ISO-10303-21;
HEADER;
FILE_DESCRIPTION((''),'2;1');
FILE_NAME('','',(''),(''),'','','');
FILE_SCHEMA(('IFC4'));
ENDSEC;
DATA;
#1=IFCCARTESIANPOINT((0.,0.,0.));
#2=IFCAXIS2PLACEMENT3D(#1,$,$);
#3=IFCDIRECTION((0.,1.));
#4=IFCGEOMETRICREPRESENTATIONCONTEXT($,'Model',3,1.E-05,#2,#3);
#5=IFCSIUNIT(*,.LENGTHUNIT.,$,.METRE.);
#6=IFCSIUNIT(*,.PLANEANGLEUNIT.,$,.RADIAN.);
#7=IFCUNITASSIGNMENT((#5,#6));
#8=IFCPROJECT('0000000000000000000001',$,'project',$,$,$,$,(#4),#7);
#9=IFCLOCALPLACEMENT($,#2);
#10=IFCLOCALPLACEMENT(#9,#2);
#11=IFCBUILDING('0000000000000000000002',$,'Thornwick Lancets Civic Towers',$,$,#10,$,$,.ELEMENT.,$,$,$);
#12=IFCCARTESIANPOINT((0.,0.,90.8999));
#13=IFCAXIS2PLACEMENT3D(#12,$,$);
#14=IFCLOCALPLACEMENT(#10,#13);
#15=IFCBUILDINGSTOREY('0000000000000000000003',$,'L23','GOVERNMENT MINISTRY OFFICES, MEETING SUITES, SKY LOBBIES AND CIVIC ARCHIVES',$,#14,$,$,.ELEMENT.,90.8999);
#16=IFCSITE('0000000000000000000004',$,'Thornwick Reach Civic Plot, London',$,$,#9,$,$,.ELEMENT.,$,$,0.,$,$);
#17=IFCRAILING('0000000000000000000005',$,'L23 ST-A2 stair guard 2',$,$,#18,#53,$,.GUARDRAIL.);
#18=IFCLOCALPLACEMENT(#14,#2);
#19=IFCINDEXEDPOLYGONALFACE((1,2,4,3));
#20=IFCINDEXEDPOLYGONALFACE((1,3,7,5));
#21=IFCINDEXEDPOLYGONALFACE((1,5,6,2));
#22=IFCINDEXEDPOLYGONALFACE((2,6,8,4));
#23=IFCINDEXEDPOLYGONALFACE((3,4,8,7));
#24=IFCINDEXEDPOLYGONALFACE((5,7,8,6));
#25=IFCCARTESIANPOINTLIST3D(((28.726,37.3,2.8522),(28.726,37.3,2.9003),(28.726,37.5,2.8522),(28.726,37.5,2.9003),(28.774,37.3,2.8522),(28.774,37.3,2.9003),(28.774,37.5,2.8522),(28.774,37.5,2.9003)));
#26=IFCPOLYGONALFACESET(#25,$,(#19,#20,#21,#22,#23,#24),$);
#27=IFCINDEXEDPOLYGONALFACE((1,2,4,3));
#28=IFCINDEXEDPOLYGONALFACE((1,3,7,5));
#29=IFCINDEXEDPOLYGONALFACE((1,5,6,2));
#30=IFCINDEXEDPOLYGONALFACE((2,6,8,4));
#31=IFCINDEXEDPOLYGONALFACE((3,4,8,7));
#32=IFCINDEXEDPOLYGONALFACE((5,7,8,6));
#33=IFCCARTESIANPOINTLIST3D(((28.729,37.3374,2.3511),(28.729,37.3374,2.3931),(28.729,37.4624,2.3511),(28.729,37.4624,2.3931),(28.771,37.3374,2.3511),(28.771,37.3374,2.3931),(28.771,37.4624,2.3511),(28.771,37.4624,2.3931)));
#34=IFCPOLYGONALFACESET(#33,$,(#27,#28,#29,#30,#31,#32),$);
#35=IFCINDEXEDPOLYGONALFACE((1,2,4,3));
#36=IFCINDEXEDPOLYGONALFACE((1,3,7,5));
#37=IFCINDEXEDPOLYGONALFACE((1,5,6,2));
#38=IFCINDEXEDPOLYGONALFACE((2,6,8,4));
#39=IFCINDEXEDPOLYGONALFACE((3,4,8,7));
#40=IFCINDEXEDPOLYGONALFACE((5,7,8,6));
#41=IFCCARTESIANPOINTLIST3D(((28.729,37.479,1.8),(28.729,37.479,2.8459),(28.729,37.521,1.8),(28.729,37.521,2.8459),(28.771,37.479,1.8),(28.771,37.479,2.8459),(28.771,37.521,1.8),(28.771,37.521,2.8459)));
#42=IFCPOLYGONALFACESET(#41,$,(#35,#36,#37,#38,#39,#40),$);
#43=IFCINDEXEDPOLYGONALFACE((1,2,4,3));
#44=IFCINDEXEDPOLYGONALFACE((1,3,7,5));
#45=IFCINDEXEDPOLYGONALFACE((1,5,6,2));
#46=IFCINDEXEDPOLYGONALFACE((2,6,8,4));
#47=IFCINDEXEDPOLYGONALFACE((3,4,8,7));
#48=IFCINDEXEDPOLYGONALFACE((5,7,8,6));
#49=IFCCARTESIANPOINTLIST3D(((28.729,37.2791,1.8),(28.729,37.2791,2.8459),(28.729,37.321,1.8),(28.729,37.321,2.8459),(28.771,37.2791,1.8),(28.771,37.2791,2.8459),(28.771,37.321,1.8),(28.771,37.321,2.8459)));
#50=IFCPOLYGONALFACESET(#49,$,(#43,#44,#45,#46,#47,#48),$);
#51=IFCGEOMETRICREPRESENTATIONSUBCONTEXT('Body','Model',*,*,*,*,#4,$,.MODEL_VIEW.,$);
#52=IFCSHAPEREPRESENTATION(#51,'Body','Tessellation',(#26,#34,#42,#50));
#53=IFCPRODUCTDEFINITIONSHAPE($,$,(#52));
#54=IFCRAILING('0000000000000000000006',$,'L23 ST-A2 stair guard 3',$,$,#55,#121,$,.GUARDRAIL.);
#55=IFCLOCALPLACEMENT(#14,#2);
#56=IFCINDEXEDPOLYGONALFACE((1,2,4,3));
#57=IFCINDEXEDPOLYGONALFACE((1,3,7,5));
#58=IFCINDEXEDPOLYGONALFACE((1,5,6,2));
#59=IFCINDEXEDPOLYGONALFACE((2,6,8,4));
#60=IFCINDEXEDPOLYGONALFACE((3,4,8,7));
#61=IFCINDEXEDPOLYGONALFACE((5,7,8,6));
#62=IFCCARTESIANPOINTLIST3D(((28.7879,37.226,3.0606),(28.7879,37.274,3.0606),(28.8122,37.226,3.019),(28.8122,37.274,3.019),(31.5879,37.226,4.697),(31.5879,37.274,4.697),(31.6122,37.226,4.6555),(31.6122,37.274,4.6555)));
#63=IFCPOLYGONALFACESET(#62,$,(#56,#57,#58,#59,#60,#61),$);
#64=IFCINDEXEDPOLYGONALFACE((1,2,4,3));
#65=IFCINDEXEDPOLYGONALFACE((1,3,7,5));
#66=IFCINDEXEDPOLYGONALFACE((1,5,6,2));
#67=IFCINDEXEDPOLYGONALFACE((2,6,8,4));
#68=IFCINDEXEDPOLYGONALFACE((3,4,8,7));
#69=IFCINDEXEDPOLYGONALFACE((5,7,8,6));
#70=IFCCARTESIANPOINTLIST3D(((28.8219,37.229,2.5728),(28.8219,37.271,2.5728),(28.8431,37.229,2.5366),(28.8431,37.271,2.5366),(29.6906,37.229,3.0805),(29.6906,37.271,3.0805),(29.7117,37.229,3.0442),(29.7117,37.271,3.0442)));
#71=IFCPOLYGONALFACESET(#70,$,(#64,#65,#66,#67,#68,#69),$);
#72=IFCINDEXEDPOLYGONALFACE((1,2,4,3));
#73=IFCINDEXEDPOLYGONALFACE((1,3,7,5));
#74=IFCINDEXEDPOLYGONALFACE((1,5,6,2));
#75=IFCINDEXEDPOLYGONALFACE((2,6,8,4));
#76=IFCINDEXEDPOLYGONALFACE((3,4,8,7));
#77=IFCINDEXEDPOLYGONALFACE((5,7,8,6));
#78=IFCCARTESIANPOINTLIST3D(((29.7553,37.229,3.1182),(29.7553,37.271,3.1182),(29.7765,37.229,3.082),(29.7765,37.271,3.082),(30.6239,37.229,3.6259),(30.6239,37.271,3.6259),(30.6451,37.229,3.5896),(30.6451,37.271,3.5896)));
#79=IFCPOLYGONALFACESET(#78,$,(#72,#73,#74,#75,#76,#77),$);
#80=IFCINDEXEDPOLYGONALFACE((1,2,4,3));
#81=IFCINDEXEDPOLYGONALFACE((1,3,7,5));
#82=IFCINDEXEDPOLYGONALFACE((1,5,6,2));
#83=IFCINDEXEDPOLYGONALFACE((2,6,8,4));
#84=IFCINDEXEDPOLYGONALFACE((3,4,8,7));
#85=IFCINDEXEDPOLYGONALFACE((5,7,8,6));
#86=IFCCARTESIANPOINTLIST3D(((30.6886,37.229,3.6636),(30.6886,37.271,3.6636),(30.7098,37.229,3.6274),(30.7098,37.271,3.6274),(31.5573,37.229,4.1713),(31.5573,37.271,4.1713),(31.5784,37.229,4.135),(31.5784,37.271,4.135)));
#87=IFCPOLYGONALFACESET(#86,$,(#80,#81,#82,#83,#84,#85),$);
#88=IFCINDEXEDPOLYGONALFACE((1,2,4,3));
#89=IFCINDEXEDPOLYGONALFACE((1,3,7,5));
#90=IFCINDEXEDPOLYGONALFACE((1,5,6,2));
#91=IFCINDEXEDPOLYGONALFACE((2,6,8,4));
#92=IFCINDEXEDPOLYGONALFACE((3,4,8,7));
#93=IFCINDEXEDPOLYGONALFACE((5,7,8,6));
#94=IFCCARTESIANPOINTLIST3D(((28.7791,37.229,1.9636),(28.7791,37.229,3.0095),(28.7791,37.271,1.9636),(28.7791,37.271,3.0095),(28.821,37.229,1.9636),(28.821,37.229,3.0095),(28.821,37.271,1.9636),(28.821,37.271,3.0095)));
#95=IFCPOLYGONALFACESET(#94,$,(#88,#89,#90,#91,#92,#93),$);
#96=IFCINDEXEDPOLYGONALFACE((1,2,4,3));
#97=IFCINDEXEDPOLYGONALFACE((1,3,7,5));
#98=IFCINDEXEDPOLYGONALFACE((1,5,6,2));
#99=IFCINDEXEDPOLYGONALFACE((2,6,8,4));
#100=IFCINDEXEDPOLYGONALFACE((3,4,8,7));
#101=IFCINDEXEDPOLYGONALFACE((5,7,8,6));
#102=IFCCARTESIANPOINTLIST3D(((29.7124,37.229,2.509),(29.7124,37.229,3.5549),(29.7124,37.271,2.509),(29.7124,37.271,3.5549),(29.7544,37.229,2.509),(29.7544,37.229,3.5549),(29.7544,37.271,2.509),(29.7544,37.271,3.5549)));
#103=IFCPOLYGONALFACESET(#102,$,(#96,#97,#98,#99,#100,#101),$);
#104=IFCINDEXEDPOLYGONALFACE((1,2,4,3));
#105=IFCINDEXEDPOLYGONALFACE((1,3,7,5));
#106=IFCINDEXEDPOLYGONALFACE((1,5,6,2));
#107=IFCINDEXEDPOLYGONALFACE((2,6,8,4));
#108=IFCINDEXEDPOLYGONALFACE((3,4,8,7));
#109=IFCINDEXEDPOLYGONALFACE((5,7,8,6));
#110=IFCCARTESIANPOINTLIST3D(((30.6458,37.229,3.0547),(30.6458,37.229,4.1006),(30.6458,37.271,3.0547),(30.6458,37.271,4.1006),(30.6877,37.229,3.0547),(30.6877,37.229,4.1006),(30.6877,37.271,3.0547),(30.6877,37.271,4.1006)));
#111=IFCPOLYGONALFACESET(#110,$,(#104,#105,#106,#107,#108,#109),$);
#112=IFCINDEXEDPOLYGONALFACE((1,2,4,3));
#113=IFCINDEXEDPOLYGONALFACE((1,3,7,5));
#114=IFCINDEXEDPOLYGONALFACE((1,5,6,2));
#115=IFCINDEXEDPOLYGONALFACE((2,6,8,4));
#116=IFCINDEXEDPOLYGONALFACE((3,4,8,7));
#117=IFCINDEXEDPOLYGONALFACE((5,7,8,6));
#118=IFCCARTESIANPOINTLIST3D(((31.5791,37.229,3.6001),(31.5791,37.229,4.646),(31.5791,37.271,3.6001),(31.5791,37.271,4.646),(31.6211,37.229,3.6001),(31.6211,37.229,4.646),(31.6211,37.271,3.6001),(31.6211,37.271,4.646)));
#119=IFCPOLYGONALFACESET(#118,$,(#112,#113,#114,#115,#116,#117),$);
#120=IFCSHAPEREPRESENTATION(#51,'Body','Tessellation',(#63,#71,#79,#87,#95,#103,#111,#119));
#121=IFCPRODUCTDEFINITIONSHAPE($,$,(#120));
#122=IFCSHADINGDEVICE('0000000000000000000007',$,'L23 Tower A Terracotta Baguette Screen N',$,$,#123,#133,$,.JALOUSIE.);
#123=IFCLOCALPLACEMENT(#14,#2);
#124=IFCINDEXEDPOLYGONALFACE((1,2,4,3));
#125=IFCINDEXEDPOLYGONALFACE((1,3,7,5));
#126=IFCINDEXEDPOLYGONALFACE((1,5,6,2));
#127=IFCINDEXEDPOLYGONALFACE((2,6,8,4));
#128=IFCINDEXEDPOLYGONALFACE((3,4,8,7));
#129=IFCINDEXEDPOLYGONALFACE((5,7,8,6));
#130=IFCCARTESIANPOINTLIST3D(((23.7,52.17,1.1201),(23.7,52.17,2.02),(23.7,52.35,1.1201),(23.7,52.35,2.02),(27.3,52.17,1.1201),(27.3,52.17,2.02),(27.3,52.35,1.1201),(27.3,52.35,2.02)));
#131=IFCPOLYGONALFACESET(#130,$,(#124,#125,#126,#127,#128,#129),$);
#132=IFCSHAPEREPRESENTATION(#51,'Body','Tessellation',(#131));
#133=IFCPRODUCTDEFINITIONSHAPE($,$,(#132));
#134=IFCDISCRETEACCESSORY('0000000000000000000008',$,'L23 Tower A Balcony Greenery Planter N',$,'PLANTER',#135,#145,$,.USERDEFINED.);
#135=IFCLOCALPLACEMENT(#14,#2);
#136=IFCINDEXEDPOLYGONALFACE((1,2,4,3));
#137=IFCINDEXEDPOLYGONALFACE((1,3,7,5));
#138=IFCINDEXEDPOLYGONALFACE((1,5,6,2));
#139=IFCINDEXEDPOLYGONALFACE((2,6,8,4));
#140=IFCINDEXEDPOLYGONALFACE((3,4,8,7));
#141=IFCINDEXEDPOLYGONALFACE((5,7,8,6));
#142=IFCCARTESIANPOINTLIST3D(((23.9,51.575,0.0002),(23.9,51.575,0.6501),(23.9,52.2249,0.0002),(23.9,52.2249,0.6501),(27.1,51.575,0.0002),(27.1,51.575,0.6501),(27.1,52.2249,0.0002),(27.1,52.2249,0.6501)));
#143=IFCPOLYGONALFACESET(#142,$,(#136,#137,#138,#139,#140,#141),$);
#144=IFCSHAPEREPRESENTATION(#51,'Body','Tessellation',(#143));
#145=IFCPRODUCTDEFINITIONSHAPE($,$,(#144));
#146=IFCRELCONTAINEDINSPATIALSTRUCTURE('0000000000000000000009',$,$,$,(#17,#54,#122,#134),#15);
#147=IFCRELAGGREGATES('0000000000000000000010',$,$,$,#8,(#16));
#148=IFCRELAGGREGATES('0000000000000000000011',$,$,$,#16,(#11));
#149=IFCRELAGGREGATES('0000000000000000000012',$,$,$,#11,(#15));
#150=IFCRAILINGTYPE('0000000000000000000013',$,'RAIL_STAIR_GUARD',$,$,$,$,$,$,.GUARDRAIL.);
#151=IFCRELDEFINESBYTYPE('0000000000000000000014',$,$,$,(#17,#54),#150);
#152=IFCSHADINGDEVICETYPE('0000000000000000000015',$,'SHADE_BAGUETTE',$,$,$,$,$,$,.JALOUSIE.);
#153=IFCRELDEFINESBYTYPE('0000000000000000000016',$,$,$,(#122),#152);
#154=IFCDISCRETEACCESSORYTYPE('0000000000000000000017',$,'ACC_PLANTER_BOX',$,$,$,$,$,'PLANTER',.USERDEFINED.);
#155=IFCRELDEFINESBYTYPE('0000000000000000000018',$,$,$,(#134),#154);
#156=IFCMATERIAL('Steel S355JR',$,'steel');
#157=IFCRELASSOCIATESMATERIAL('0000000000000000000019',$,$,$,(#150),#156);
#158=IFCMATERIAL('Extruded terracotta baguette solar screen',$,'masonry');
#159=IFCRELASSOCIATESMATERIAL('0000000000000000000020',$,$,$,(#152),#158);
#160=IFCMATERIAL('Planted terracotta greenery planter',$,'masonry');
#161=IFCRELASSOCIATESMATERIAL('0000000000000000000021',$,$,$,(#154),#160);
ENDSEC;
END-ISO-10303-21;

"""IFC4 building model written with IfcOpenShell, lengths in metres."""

from ifc_helpers import new_model, si_unit, direction, frame, origin, origin_2d, place, context, subcontext, project, spatial, rectangle, extrude, material, type_object, element, save


model = new_model("IFC4")

# Units and contexts
model_context = context("Model", 3, precision=1e-05, world=origin(), true_north=direction((0.0, 1.0)))
body_context = subcontext(model_context, "Body", "Model", "MODEL_VIEW")
ifc_project = project(units=[si_unit("LENGTHUNIT", "METRE"), si_unit("PLANEANGLEUNIT", "RADIAN")], contexts=[model_context])

# Site, building, storey
site_placement = place(None, origin())
site = spatial("IfcSite", under=ifc_project, at=site_placement, Name="Thornwick Reach Civic Plot, London", CompositionType="ELEMENT", RefElevation=0.0)
building_placement = place(site_placement, origin())
building = spatial("IfcBuilding", under=site, at=building_placement, Name="Thornwick Lancets Civic Towers", CompositionType="ELEMENT")
storey_placement = place(building_placement, frame((0.0, 0.0, 90.8999)))
storey = spatial("IfcBuildingStorey", under=building, at=storey_placement, Name="L23", Description="GOVERNMENT MINISTRY OFFICES, MEETING SUITES, SKY LOBBIES AND CIVIC ARCHIVES", CompositionType="ELEMENT", Elevation=90.8999)

# Shared definitions
ifc_material_1 = material(Name="Steel S355JR", Category="steel")

# Railings
railing_type_1 = type_object("IfcRailingType", Name="RAIL_STAIR_GUARD", PredefinedType="GUARDRAIL", material=ifc_material_1)
railing_1_placement = place(storey_placement, frame((28.75, 37.5, 1.8)))
element("IfcRailing", 1, at=railing_1_placement, inside=storey, type_object=railing_type_1, Name="L23 ST-A2 stair guard 2", PredefinedType="GUARDRAIL", context=body_context, shape_type="SweptSolid", body=[
    extrude(rectangle(XDim=0.0481, YDim=0.0481, at=origin_2d()), frame((0.0, 0.0, 1.0762), z_axis=(0.0, -1.0, 0.0), x_axis=(1.0, 0.0, 0.0)), (0.0, 0.0, 1.0), 0.2),
    extrude(rectangle(XDim=0.042, YDim=0.042, at=origin_2d()), frame((0.0, -0.0376, 0.572), z_axis=(0.0, -1.0, 0.0), x_axis=(1.0, 0.0, 0.0)), (0.0, 0.0, 1.0), 0.125),
    extrude(rectangle(XDim=0.042, YDim=0.042, at=origin_2d()), origin(), (0.0, 0.0, 1.0), 1.0459),
    extrude(rectangle(XDim=0.042, YDim=0.042, at=origin_2d()), frame((0.0, -0.2, 0.0)), (0.0, 0.0, 1.0), 1.0459),
])
railing_2_placement = place(storey_placement, frame((28.8, 37.25, 1.9636)))
element("IfcRailing", 2, at=railing_2_placement, inside=storey, type_object=railing_type_1, Name="L23 ST-A2 stair guard 3", PredefinedType="GUARDRAIL", context=body_context, shape_type="SweptSolid", body=[
    extrude(rectangle(XDim=0.0481, YDim=0.0481, at=origin_2d()), frame((0.0, 0.0, 1.0762), z_axis=(0.863361, 0.0, 0.504587), x_axis=(0.0, 1.0, 0.0)), (0.0, 0.0, 1.0), 3.2432),
    extrude(rectangle(XDim=0.042, YDim=0.042, at=origin_2d()), frame((0.0325, 0.0, 0.5911), z_axis=(0.863361, 0.0, 0.504587), x_axis=(0.0, 1.0, 0.0)), (0.0, 0.0, 1.0), 1.0061),
    extrude(rectangle(XDim=0.042, YDim=0.042, at=origin_2d()), frame((0.9658, 0.0, 1.1365), z_axis=(0.863361, 0.0, 0.504587), x_axis=(0.0, 1.0, 0.0)), (0.0, 0.0, 1.0), 1.0061),
    extrude(rectangle(XDim=0.042, YDim=0.042, at=origin_2d()), frame((1.8992, 0.0, 1.6819), z_axis=(0.863361, 0.0, 0.504587), x_axis=(0.0, 1.0, 0.0)), (0.0, 0.0, 1.0), 1.0061),
    extrude(rectangle(XDim=0.042, YDim=0.042, at=origin_2d()), origin(), (0.0, 0.0, 1.0), 1.0459),
    extrude(rectangle(XDim=0.042, YDim=0.042, at=origin_2d()), frame((0.9333, 0.0, 0.5454)), (0.0, 0.0, 1.0), 1.0459),
    extrude(rectangle(XDim=0.042, YDim=0.042, at=origin_2d()), frame((1.8667, 0.0, 1.0911)), (0.0, 0.0, 1.0), 1.0459),
    extrude(rectangle(XDim=0.042, YDim=0.042, at=origin_2d()), frame((2.8, 0.0, 1.6365)), (0.0, 0.0, 1.0), 1.0459),
])

# Shading device
ifc_material_2 = material(Name="Extruded terracotta baguette solar screen", Category="masonry")
shading_device_type = type_object("IfcShadingDeviceType", Name="SHADE_BAGUETTE", PredefinedType="JALOUSIE", material=ifc_material_2)
shading_device_placement = place(storey_placement, frame((25.5, 52.26, 1.1201), z_axis=(0.0, 0.0, 1.0), x_axis=(1.0, 0.0, 0.0)))
element("IfcShadingDevice", 3, at=shading_device_placement, inside=storey, type_object=shading_device_type, Name="L23 Tower A Terracotta Baguette Screen N", PredefinedType="JALOUSIE", context=body_context, shape_type="SweptSolid", body=[
    extrude(rectangle(XDim=3.6001, YDim=0.1799, at=origin_2d()), origin(), (0.0, 0.0, 1.0), 0.8999),
])

# Discrete accessory
ifc_material_3 = material(Name="Planted terracotta greenery planter", Category="masonry")
discrete_accessory_type = type_object("IfcDiscreteAccessoryType", Name="ACC_PLANTER_BOX", ElementType="PLANTER", PredefinedType="USERDEFINED", material=ifc_material_3)
discrete_accessory_placement = place(storey_placement, frame((25.5, 51.8999, 0.0002), z_axis=(0.0, 0.0, 1.0), x_axis=(1.0, 0.0, 0.0)))
element("IfcDiscreteAccessory", 4, at=discrete_accessory_placement, inside=storey, type_object=discrete_accessory_type, Name="L23 Tower A Balcony Greenery Planter N", ObjectType="PLANTER", PredefinedType="USERDEFINED", context=body_context, shape_type="SweptSolid", body=[
    extrude(rectangle(XDim=3.2, YDim=0.6499, at=origin_2d()), origin(), (0.0, 0.0, 1.0), 0.6499),
])

save(model, "model.ifc")
